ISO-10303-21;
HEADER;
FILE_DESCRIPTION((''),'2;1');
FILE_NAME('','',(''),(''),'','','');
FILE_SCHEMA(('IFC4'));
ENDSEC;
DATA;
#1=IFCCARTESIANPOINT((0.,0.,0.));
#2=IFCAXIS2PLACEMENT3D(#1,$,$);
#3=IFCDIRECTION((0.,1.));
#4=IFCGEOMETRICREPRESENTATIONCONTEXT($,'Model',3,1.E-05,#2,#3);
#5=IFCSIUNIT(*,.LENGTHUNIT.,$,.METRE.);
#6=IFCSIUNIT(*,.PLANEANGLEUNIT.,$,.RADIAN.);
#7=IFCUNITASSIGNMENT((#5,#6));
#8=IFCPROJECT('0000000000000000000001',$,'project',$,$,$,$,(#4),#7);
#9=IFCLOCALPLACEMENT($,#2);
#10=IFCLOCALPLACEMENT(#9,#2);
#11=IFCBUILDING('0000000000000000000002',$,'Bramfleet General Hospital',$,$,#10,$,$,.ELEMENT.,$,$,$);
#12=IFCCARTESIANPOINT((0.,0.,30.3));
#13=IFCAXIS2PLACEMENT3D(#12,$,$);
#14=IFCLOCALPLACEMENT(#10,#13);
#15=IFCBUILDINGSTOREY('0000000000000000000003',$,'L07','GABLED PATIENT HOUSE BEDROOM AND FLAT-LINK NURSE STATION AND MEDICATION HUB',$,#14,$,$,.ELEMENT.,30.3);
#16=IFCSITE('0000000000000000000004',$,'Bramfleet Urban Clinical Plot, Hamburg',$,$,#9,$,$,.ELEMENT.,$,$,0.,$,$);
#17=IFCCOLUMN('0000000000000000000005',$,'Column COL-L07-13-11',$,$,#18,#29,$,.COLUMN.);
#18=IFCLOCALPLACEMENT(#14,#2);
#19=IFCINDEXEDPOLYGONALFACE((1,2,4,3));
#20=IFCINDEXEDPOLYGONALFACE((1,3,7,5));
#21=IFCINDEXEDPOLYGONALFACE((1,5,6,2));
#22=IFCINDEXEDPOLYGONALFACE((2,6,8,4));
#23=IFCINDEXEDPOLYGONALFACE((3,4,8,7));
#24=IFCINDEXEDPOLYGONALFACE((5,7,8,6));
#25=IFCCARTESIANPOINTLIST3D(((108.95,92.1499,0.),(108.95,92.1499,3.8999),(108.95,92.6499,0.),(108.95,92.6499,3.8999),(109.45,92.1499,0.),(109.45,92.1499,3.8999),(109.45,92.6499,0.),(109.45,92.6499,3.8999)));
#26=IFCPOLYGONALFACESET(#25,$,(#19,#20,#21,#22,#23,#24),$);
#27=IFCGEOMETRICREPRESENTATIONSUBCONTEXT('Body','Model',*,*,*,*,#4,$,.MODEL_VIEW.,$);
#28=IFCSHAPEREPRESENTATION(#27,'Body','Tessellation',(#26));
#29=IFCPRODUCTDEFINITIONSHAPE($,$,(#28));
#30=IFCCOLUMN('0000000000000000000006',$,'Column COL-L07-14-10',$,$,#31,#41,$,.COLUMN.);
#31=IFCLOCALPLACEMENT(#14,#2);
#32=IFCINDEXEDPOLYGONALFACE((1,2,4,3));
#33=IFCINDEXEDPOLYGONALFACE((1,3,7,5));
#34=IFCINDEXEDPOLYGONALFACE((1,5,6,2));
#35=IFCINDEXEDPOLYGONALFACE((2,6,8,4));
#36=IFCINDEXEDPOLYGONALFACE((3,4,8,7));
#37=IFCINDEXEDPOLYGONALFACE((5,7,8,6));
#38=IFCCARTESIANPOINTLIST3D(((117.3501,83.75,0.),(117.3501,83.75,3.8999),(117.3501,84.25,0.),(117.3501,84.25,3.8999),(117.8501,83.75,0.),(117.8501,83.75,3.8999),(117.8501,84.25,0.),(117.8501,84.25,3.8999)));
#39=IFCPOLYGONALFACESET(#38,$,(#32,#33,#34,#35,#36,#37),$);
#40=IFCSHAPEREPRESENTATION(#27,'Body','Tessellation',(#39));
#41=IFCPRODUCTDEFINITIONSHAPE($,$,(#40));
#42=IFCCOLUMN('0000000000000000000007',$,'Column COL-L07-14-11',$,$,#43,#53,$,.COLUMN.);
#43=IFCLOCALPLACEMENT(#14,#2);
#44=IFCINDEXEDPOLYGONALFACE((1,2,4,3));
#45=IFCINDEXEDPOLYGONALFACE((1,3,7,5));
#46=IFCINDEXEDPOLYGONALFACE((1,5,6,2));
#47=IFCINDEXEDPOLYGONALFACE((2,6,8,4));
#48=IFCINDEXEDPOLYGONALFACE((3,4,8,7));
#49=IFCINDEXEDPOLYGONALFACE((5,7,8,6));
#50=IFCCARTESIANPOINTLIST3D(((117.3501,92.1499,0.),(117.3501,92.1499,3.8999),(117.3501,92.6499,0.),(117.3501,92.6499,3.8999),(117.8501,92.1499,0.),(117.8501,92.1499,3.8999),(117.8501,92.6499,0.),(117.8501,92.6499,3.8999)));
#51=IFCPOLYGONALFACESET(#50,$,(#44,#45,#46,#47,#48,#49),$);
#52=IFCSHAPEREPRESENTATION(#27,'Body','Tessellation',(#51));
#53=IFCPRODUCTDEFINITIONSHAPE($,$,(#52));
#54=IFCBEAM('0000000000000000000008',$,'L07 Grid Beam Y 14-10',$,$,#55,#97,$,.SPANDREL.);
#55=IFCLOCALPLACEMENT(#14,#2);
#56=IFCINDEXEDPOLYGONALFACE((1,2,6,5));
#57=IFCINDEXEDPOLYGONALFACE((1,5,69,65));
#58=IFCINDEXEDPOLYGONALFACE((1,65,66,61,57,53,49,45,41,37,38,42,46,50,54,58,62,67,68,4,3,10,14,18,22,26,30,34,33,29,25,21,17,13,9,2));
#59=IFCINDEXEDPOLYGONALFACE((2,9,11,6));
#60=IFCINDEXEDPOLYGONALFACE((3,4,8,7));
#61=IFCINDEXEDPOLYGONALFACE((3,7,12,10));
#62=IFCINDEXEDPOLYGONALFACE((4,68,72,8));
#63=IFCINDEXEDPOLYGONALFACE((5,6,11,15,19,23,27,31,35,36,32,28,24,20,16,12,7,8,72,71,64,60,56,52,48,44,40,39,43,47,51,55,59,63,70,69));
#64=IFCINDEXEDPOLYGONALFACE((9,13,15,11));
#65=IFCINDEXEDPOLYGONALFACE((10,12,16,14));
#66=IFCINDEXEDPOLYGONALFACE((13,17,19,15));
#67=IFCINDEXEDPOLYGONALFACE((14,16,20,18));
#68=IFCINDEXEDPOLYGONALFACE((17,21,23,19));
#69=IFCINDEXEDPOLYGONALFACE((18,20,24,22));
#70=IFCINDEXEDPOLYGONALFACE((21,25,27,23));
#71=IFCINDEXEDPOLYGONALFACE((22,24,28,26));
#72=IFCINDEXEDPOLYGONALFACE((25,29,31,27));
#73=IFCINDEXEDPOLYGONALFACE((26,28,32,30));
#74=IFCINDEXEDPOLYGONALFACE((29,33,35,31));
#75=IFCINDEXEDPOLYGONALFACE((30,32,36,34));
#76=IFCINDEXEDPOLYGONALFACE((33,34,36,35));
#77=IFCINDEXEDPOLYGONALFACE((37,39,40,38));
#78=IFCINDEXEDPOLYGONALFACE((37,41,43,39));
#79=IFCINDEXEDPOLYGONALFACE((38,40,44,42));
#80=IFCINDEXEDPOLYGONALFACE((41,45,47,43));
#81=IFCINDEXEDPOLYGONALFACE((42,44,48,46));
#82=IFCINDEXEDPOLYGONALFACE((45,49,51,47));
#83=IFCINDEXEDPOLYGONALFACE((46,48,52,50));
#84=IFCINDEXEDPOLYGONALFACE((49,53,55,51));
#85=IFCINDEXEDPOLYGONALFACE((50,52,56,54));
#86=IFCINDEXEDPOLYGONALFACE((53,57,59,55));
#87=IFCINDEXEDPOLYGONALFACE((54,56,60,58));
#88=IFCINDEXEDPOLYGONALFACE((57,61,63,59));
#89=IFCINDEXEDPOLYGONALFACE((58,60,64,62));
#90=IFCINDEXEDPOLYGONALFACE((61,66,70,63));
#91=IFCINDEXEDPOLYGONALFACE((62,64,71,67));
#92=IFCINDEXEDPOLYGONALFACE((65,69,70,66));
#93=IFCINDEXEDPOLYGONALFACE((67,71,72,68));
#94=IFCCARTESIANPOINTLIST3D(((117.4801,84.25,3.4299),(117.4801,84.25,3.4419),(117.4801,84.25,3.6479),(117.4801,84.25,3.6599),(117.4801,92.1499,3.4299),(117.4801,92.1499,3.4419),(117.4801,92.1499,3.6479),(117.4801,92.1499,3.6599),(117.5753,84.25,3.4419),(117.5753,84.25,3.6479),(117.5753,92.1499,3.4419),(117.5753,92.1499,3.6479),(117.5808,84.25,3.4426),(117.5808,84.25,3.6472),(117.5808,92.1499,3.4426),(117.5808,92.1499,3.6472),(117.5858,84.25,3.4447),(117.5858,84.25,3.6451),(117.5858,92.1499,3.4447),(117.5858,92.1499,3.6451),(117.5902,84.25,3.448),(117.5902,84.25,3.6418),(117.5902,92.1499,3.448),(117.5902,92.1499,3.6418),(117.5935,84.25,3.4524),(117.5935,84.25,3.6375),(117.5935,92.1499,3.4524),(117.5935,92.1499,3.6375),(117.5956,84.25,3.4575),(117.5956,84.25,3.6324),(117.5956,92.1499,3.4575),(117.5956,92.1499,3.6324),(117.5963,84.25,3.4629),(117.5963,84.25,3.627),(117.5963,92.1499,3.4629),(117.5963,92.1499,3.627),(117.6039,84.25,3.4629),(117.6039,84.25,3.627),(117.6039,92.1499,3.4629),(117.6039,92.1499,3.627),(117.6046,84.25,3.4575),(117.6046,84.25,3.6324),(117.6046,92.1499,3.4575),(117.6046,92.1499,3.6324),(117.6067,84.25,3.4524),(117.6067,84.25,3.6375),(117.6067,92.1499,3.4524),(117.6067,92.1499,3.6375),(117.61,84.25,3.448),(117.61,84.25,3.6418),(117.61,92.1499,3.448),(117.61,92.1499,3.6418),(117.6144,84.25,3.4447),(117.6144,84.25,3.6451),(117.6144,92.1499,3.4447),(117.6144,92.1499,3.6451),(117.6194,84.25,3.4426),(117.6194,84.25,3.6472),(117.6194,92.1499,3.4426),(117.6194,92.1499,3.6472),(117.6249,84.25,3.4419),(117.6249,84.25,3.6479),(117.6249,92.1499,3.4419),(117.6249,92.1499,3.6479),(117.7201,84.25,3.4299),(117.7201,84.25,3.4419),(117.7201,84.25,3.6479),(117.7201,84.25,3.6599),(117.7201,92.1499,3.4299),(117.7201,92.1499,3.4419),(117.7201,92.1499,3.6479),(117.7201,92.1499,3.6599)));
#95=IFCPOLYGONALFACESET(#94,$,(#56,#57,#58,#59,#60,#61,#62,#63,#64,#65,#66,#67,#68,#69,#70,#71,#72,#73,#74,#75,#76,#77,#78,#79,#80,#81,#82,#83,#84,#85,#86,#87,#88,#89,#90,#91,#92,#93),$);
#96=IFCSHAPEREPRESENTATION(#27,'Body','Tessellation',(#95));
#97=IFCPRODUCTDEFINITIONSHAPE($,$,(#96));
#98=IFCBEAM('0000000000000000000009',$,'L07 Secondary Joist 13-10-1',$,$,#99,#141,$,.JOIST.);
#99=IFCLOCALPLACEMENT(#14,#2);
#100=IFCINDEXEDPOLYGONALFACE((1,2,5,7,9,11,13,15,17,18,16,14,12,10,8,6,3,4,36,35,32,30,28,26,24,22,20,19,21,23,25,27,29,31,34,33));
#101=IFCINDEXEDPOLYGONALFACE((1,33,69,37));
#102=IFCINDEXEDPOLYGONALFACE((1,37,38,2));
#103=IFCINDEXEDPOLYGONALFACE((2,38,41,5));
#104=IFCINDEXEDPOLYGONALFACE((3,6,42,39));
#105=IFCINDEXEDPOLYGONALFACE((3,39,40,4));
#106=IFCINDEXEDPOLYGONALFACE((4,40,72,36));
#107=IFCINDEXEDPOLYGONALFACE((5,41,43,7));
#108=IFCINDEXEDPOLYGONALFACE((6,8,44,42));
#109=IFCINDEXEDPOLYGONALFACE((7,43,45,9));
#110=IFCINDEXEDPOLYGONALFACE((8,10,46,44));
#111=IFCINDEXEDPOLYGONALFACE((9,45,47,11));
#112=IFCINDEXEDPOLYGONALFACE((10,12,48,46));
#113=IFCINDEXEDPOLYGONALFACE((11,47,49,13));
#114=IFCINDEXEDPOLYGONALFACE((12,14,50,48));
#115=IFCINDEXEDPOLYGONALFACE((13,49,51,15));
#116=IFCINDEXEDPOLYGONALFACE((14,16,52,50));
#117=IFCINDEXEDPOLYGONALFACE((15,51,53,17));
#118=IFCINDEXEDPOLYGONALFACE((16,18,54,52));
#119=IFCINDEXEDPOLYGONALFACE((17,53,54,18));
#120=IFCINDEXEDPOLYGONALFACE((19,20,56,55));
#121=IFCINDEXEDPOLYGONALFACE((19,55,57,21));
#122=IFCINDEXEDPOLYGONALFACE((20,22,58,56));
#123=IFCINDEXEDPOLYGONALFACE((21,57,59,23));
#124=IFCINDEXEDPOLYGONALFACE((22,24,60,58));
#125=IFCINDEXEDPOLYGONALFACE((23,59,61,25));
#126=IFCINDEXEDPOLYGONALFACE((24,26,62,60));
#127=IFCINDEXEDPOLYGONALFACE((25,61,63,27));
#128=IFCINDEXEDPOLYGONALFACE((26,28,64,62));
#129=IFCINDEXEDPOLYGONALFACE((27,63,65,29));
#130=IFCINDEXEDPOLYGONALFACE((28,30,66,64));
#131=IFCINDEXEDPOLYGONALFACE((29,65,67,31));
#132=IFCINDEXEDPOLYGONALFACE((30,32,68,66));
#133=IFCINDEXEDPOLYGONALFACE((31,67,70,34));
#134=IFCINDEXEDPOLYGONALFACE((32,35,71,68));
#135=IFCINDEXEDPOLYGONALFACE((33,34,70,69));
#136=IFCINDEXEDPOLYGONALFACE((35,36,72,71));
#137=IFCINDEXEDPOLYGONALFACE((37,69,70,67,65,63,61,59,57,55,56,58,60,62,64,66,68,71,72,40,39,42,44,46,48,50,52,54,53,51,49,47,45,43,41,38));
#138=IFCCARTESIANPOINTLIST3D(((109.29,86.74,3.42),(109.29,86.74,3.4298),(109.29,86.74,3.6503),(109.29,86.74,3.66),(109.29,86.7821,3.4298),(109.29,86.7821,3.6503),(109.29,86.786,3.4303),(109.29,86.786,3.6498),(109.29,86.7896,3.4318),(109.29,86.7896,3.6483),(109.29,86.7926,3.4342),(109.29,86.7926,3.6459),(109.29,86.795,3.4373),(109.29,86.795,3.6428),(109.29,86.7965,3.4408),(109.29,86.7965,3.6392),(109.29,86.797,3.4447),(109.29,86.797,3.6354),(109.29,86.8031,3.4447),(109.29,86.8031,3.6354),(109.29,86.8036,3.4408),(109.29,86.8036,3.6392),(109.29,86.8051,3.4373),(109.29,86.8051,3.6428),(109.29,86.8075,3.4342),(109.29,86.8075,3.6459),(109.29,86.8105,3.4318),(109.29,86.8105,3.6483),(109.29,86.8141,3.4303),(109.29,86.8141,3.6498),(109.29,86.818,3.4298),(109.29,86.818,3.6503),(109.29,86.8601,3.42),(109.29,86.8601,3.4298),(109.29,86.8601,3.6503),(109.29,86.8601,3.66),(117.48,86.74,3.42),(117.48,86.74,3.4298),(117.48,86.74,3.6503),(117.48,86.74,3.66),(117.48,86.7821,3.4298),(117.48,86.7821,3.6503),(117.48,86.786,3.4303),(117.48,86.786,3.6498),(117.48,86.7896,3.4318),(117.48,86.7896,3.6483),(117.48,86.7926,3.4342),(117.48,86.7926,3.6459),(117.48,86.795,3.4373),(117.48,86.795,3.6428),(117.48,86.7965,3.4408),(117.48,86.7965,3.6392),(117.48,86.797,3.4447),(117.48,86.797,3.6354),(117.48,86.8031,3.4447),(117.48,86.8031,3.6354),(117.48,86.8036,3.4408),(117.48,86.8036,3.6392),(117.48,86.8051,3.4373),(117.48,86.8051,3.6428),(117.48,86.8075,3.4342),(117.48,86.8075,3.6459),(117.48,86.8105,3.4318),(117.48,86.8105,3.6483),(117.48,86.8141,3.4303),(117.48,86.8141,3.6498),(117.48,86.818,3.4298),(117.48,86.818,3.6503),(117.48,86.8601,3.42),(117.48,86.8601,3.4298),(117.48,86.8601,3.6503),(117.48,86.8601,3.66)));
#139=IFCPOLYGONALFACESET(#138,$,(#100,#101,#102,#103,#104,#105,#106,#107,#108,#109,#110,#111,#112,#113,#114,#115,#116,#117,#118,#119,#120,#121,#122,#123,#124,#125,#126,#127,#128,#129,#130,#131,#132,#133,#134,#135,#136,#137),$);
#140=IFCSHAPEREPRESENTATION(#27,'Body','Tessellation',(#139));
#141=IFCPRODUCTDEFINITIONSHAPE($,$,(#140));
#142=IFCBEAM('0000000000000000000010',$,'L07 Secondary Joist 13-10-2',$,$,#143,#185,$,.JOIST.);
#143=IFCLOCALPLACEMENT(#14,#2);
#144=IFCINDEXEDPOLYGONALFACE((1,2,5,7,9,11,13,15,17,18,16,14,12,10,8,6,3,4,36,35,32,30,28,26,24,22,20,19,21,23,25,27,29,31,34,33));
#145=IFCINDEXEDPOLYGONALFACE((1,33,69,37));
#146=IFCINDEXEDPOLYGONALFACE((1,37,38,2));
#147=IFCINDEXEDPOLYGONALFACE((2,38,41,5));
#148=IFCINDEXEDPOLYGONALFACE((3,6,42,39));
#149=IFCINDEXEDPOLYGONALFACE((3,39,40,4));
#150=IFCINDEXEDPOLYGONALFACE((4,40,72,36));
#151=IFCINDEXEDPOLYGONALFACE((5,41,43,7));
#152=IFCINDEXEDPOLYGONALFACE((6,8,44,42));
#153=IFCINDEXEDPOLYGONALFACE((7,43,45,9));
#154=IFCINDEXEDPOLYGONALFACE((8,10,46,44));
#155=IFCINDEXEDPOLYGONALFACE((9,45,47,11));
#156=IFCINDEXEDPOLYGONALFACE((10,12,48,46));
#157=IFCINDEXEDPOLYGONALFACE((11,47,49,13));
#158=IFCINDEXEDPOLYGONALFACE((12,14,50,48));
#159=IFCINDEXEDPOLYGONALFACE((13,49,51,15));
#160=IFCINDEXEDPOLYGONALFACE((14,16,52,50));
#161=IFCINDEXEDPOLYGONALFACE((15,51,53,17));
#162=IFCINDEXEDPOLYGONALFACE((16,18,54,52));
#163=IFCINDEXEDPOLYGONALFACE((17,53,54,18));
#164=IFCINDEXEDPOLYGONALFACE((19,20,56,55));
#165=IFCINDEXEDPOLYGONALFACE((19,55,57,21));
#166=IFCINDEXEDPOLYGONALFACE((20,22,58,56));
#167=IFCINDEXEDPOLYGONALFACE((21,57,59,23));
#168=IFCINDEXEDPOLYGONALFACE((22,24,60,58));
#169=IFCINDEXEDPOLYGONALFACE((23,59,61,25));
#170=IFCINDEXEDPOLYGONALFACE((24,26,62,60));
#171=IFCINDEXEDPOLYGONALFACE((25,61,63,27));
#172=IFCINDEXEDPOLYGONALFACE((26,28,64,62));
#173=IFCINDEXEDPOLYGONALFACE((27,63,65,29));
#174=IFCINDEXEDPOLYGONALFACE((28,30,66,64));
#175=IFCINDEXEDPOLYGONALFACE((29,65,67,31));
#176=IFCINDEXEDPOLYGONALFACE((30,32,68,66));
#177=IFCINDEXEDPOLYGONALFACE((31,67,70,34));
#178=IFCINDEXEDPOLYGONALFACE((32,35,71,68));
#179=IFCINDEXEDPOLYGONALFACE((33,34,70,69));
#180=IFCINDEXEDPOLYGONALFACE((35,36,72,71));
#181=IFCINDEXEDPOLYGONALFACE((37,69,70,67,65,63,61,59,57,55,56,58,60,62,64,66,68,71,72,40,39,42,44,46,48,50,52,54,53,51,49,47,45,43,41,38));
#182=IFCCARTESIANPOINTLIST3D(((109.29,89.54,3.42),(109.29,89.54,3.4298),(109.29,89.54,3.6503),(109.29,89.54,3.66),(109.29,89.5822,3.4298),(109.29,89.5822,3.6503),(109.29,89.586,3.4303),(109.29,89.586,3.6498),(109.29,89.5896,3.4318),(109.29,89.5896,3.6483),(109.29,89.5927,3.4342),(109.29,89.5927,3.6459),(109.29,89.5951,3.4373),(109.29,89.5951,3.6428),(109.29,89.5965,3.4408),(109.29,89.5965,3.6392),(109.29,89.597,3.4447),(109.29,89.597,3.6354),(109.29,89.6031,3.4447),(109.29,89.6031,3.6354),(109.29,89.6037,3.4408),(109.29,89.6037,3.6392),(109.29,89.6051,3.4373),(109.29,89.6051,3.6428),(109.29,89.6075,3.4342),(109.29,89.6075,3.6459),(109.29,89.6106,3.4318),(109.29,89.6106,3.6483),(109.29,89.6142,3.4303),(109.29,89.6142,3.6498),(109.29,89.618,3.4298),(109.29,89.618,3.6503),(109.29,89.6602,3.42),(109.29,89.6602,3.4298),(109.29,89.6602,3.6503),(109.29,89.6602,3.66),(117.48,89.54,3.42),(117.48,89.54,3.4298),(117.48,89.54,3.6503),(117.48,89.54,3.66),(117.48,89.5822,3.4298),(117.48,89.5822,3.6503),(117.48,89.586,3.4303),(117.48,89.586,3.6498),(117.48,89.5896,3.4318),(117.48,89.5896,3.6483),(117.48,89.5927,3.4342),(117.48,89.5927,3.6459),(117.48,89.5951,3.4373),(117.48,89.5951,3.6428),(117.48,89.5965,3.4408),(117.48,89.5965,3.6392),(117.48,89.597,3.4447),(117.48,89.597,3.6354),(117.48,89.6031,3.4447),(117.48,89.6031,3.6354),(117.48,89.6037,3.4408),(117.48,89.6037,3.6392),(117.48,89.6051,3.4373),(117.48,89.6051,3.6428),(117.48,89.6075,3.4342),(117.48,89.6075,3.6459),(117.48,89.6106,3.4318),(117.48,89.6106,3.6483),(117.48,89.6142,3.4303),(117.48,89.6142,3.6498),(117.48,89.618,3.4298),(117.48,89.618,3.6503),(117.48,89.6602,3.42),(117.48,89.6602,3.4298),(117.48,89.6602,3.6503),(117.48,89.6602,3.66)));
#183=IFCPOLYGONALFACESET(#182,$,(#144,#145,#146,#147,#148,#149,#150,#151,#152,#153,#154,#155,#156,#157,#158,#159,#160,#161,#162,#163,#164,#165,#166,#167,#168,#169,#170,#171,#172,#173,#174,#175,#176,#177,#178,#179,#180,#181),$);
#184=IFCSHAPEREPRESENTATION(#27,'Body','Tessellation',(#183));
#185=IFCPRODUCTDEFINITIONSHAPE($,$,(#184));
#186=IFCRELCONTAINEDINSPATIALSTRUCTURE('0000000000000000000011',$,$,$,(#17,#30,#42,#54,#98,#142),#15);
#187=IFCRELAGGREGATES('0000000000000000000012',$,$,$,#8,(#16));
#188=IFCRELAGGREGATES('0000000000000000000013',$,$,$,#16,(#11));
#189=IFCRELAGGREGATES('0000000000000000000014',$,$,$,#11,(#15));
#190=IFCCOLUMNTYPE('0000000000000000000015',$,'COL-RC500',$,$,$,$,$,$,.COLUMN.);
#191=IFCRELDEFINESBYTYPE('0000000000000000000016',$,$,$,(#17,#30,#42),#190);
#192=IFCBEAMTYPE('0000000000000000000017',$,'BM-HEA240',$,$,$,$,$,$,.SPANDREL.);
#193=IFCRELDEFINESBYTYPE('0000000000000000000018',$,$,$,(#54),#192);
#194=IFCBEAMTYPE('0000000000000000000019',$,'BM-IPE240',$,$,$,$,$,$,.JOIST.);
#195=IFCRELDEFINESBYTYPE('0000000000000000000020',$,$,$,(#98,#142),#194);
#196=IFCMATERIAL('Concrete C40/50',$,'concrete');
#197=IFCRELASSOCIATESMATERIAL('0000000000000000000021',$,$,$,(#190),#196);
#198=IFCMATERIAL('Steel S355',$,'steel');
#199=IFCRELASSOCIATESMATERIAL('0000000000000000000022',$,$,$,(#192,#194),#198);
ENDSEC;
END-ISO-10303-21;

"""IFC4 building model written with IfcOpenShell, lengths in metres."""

from ifc_helpers import new_model, si_unit, direction, frame, origin, origin_2d, place, context, subcontext, project, spatial, rectangle, i_section, extrude, material, material_profile, profile_set, type_object, element, save


model = new_model("IFC4")

# Units and contexts
model_context = context("Model", 3, precision=1e-05, world=origin(), true_north=direction((0.0, 1.0)))
body_context = subcontext(model_context, "Body", "Model", "MODEL_VIEW")
ifc_project = project(units=[si_unit("LENGTHUNIT", "METRE"), si_unit("PLANEANGLEUNIT", "RADIAN")], contexts=[model_context])

# Site, building, storey
site_placement = place(None, origin())
site = spatial("IfcSite", under=ifc_project, at=site_placement, Name="Bramfleet Urban Clinical Plot, Hamburg", CompositionType="ELEMENT", RefElevation=0.0)
building_placement = place(site_placement, origin())
building = spatial("IfcBuilding", under=site, at=building_placement, Name="Bramfleet General Hospital", CompositionType="ELEMENT")
storey_placement = place(building_placement, frame((0.0, 0.0, 30.3)))
storey = spatial("IfcBuildingStorey", under=building, at=storey_placement, Name="L07", Description="GABLED PATIENT HOUSE BEDROOM AND FLAT-LINK NURSE STATION AND MEDICATION HUB", CompositionType="ELEMENT", Elevation=30.3)

# Columns
ifc_material_1 = material(Name="Concrete C40/50", Category="concrete")
ifc_material_profile_1 = material_profile(ifc_material_1, rectangle(XDim=0.5, YDim=0.5, at=origin_2d()), Name="RC COL 500x500")
ifc_profile_set_1 = profile_set([ifc_material_profile_1], Name="Concrete C40/50")
column_type = type_object("IfcColumnType", Name="COL-RC500", PredefinedType="COLUMN", material=ifc_profile_set_1)
for number, where, z_axis, x_axis, name in (
    (1, (109.2, 92.3999, 0.0), (0.0, 0.0, 1.0), (1.0, 0.0, 0.0), "Column COL-L07-13-11"),
    (2, (117.6001, 84.0, 0.0), (0.0, 0.0, 1.0), (1.0, 0.0, 0.0), "Column COL-L07-14-10"),
    (3, (117.6001, 92.3999, 0.0), (0.0, 0.0, 1.0), (1.0, 0.0, 0.0), "Column COL-L07-14-11"),
):
    element("IfcColumn", number, at=place(storey_placement, frame(where, z_axis=z_axis, x_axis=x_axis)), inside=storey, type_object=column_type, Name=name, PredefinedType="COLUMN", context=body_context, shape_type="SweptSolid", body=[
        extrude(rectangle(XDim=0.5, YDim=0.5, at=origin_2d()), origin(), (0.0, 0.0, 1.0), 3.8999),
    ])

# Beams
ifc_material_2 = material(Name="Steel S355", Category="steel")
ifc_material_profile_2 = material_profile(ifc_material_2, i_section(OverallWidth=0.24, OverallDepth=0.23, WebThickness=0.0076, FlangeThickness=0.012, FilletRadius=0.021, at=origin_2d()), Name="HEA 240")
ifc_profile_set_2 = profile_set([ifc_material_profile_2], Name="Steel S355")
beam_type_1 = type_object("IfcBeamType", Name="BM-HEA240", PredefinedType="SPANDREL", material=ifc_profile_set_2)
beam_1_placement = place(storey_placement, frame((117.6001, 84.25, 3.5449), z_axis=(0.0, 1.0, 0.0), x_axis=(-1.0, 0.0, 0.0)))
element("IfcBeam", 4, at=beam_1_placement, inside=storey, type_object=beam_type_1, Name="L07 Grid Beam Y 14-10", PredefinedType="SPANDREL", context=body_context, shape_type="SweptSolid", body=[
    extrude(i_section(OverallWidth=0.24, OverallDepth=0.23, WebThickness=0.0076, FlangeThickness=0.012, FilletRadius=0.021, at=origin_2d()), origin(), (0.0, 0.0, 1.0), 7.8999),
])
ifc_material_profile_3 = material_profile(ifc_material_2, i_section(OverallWidth=0.1201, OverallDepth=0.24, WebThickness=0.0061, FlangeThickness=0.0098, FilletRadius=0.0149, at=origin_2d()), Name="IPE 240")
ifc_profile_set_3 = profile_set([ifc_material_profile_3], Name="Steel S355")
beam_type_2 = type_object("IfcBeamType", Name="BM-IPE240", PredefinedType="JOIST", material=ifc_profile_set_3)
for number, where, z_axis, x_axis, name in (
    (5, (109.29, 86.8, 3.54), (1.0, 0.0, 0.0), (0.0, 1.0, 0.0), "L07 Secondary Joist 13-10-1"),
    (6, (109.29, 89.6001, 3.54), (1.0, 0.0, 0.0), (0.0, 1.0, 0.0), "L07 Secondary Joist 13-10-2"),
):
    element("IfcBeam", number, at=place(storey_placement, frame(where, z_axis=z_axis, x_axis=x_axis)), inside=storey, type_object=beam_type_2, Name=name, PredefinedType="JOIST", context=body_context, shape_type="SweptSolid", body=[
        extrude(i_section(OverallWidth=0.1201, OverallDepth=0.24, WebThickness=0.0061, FlangeThickness=0.0098, FilletRadius=0.0149, at=origin_2d()), origin(), (0.0, 0.0, 1.0), 8.1899),
    ])

save(model, "model.ifc")
